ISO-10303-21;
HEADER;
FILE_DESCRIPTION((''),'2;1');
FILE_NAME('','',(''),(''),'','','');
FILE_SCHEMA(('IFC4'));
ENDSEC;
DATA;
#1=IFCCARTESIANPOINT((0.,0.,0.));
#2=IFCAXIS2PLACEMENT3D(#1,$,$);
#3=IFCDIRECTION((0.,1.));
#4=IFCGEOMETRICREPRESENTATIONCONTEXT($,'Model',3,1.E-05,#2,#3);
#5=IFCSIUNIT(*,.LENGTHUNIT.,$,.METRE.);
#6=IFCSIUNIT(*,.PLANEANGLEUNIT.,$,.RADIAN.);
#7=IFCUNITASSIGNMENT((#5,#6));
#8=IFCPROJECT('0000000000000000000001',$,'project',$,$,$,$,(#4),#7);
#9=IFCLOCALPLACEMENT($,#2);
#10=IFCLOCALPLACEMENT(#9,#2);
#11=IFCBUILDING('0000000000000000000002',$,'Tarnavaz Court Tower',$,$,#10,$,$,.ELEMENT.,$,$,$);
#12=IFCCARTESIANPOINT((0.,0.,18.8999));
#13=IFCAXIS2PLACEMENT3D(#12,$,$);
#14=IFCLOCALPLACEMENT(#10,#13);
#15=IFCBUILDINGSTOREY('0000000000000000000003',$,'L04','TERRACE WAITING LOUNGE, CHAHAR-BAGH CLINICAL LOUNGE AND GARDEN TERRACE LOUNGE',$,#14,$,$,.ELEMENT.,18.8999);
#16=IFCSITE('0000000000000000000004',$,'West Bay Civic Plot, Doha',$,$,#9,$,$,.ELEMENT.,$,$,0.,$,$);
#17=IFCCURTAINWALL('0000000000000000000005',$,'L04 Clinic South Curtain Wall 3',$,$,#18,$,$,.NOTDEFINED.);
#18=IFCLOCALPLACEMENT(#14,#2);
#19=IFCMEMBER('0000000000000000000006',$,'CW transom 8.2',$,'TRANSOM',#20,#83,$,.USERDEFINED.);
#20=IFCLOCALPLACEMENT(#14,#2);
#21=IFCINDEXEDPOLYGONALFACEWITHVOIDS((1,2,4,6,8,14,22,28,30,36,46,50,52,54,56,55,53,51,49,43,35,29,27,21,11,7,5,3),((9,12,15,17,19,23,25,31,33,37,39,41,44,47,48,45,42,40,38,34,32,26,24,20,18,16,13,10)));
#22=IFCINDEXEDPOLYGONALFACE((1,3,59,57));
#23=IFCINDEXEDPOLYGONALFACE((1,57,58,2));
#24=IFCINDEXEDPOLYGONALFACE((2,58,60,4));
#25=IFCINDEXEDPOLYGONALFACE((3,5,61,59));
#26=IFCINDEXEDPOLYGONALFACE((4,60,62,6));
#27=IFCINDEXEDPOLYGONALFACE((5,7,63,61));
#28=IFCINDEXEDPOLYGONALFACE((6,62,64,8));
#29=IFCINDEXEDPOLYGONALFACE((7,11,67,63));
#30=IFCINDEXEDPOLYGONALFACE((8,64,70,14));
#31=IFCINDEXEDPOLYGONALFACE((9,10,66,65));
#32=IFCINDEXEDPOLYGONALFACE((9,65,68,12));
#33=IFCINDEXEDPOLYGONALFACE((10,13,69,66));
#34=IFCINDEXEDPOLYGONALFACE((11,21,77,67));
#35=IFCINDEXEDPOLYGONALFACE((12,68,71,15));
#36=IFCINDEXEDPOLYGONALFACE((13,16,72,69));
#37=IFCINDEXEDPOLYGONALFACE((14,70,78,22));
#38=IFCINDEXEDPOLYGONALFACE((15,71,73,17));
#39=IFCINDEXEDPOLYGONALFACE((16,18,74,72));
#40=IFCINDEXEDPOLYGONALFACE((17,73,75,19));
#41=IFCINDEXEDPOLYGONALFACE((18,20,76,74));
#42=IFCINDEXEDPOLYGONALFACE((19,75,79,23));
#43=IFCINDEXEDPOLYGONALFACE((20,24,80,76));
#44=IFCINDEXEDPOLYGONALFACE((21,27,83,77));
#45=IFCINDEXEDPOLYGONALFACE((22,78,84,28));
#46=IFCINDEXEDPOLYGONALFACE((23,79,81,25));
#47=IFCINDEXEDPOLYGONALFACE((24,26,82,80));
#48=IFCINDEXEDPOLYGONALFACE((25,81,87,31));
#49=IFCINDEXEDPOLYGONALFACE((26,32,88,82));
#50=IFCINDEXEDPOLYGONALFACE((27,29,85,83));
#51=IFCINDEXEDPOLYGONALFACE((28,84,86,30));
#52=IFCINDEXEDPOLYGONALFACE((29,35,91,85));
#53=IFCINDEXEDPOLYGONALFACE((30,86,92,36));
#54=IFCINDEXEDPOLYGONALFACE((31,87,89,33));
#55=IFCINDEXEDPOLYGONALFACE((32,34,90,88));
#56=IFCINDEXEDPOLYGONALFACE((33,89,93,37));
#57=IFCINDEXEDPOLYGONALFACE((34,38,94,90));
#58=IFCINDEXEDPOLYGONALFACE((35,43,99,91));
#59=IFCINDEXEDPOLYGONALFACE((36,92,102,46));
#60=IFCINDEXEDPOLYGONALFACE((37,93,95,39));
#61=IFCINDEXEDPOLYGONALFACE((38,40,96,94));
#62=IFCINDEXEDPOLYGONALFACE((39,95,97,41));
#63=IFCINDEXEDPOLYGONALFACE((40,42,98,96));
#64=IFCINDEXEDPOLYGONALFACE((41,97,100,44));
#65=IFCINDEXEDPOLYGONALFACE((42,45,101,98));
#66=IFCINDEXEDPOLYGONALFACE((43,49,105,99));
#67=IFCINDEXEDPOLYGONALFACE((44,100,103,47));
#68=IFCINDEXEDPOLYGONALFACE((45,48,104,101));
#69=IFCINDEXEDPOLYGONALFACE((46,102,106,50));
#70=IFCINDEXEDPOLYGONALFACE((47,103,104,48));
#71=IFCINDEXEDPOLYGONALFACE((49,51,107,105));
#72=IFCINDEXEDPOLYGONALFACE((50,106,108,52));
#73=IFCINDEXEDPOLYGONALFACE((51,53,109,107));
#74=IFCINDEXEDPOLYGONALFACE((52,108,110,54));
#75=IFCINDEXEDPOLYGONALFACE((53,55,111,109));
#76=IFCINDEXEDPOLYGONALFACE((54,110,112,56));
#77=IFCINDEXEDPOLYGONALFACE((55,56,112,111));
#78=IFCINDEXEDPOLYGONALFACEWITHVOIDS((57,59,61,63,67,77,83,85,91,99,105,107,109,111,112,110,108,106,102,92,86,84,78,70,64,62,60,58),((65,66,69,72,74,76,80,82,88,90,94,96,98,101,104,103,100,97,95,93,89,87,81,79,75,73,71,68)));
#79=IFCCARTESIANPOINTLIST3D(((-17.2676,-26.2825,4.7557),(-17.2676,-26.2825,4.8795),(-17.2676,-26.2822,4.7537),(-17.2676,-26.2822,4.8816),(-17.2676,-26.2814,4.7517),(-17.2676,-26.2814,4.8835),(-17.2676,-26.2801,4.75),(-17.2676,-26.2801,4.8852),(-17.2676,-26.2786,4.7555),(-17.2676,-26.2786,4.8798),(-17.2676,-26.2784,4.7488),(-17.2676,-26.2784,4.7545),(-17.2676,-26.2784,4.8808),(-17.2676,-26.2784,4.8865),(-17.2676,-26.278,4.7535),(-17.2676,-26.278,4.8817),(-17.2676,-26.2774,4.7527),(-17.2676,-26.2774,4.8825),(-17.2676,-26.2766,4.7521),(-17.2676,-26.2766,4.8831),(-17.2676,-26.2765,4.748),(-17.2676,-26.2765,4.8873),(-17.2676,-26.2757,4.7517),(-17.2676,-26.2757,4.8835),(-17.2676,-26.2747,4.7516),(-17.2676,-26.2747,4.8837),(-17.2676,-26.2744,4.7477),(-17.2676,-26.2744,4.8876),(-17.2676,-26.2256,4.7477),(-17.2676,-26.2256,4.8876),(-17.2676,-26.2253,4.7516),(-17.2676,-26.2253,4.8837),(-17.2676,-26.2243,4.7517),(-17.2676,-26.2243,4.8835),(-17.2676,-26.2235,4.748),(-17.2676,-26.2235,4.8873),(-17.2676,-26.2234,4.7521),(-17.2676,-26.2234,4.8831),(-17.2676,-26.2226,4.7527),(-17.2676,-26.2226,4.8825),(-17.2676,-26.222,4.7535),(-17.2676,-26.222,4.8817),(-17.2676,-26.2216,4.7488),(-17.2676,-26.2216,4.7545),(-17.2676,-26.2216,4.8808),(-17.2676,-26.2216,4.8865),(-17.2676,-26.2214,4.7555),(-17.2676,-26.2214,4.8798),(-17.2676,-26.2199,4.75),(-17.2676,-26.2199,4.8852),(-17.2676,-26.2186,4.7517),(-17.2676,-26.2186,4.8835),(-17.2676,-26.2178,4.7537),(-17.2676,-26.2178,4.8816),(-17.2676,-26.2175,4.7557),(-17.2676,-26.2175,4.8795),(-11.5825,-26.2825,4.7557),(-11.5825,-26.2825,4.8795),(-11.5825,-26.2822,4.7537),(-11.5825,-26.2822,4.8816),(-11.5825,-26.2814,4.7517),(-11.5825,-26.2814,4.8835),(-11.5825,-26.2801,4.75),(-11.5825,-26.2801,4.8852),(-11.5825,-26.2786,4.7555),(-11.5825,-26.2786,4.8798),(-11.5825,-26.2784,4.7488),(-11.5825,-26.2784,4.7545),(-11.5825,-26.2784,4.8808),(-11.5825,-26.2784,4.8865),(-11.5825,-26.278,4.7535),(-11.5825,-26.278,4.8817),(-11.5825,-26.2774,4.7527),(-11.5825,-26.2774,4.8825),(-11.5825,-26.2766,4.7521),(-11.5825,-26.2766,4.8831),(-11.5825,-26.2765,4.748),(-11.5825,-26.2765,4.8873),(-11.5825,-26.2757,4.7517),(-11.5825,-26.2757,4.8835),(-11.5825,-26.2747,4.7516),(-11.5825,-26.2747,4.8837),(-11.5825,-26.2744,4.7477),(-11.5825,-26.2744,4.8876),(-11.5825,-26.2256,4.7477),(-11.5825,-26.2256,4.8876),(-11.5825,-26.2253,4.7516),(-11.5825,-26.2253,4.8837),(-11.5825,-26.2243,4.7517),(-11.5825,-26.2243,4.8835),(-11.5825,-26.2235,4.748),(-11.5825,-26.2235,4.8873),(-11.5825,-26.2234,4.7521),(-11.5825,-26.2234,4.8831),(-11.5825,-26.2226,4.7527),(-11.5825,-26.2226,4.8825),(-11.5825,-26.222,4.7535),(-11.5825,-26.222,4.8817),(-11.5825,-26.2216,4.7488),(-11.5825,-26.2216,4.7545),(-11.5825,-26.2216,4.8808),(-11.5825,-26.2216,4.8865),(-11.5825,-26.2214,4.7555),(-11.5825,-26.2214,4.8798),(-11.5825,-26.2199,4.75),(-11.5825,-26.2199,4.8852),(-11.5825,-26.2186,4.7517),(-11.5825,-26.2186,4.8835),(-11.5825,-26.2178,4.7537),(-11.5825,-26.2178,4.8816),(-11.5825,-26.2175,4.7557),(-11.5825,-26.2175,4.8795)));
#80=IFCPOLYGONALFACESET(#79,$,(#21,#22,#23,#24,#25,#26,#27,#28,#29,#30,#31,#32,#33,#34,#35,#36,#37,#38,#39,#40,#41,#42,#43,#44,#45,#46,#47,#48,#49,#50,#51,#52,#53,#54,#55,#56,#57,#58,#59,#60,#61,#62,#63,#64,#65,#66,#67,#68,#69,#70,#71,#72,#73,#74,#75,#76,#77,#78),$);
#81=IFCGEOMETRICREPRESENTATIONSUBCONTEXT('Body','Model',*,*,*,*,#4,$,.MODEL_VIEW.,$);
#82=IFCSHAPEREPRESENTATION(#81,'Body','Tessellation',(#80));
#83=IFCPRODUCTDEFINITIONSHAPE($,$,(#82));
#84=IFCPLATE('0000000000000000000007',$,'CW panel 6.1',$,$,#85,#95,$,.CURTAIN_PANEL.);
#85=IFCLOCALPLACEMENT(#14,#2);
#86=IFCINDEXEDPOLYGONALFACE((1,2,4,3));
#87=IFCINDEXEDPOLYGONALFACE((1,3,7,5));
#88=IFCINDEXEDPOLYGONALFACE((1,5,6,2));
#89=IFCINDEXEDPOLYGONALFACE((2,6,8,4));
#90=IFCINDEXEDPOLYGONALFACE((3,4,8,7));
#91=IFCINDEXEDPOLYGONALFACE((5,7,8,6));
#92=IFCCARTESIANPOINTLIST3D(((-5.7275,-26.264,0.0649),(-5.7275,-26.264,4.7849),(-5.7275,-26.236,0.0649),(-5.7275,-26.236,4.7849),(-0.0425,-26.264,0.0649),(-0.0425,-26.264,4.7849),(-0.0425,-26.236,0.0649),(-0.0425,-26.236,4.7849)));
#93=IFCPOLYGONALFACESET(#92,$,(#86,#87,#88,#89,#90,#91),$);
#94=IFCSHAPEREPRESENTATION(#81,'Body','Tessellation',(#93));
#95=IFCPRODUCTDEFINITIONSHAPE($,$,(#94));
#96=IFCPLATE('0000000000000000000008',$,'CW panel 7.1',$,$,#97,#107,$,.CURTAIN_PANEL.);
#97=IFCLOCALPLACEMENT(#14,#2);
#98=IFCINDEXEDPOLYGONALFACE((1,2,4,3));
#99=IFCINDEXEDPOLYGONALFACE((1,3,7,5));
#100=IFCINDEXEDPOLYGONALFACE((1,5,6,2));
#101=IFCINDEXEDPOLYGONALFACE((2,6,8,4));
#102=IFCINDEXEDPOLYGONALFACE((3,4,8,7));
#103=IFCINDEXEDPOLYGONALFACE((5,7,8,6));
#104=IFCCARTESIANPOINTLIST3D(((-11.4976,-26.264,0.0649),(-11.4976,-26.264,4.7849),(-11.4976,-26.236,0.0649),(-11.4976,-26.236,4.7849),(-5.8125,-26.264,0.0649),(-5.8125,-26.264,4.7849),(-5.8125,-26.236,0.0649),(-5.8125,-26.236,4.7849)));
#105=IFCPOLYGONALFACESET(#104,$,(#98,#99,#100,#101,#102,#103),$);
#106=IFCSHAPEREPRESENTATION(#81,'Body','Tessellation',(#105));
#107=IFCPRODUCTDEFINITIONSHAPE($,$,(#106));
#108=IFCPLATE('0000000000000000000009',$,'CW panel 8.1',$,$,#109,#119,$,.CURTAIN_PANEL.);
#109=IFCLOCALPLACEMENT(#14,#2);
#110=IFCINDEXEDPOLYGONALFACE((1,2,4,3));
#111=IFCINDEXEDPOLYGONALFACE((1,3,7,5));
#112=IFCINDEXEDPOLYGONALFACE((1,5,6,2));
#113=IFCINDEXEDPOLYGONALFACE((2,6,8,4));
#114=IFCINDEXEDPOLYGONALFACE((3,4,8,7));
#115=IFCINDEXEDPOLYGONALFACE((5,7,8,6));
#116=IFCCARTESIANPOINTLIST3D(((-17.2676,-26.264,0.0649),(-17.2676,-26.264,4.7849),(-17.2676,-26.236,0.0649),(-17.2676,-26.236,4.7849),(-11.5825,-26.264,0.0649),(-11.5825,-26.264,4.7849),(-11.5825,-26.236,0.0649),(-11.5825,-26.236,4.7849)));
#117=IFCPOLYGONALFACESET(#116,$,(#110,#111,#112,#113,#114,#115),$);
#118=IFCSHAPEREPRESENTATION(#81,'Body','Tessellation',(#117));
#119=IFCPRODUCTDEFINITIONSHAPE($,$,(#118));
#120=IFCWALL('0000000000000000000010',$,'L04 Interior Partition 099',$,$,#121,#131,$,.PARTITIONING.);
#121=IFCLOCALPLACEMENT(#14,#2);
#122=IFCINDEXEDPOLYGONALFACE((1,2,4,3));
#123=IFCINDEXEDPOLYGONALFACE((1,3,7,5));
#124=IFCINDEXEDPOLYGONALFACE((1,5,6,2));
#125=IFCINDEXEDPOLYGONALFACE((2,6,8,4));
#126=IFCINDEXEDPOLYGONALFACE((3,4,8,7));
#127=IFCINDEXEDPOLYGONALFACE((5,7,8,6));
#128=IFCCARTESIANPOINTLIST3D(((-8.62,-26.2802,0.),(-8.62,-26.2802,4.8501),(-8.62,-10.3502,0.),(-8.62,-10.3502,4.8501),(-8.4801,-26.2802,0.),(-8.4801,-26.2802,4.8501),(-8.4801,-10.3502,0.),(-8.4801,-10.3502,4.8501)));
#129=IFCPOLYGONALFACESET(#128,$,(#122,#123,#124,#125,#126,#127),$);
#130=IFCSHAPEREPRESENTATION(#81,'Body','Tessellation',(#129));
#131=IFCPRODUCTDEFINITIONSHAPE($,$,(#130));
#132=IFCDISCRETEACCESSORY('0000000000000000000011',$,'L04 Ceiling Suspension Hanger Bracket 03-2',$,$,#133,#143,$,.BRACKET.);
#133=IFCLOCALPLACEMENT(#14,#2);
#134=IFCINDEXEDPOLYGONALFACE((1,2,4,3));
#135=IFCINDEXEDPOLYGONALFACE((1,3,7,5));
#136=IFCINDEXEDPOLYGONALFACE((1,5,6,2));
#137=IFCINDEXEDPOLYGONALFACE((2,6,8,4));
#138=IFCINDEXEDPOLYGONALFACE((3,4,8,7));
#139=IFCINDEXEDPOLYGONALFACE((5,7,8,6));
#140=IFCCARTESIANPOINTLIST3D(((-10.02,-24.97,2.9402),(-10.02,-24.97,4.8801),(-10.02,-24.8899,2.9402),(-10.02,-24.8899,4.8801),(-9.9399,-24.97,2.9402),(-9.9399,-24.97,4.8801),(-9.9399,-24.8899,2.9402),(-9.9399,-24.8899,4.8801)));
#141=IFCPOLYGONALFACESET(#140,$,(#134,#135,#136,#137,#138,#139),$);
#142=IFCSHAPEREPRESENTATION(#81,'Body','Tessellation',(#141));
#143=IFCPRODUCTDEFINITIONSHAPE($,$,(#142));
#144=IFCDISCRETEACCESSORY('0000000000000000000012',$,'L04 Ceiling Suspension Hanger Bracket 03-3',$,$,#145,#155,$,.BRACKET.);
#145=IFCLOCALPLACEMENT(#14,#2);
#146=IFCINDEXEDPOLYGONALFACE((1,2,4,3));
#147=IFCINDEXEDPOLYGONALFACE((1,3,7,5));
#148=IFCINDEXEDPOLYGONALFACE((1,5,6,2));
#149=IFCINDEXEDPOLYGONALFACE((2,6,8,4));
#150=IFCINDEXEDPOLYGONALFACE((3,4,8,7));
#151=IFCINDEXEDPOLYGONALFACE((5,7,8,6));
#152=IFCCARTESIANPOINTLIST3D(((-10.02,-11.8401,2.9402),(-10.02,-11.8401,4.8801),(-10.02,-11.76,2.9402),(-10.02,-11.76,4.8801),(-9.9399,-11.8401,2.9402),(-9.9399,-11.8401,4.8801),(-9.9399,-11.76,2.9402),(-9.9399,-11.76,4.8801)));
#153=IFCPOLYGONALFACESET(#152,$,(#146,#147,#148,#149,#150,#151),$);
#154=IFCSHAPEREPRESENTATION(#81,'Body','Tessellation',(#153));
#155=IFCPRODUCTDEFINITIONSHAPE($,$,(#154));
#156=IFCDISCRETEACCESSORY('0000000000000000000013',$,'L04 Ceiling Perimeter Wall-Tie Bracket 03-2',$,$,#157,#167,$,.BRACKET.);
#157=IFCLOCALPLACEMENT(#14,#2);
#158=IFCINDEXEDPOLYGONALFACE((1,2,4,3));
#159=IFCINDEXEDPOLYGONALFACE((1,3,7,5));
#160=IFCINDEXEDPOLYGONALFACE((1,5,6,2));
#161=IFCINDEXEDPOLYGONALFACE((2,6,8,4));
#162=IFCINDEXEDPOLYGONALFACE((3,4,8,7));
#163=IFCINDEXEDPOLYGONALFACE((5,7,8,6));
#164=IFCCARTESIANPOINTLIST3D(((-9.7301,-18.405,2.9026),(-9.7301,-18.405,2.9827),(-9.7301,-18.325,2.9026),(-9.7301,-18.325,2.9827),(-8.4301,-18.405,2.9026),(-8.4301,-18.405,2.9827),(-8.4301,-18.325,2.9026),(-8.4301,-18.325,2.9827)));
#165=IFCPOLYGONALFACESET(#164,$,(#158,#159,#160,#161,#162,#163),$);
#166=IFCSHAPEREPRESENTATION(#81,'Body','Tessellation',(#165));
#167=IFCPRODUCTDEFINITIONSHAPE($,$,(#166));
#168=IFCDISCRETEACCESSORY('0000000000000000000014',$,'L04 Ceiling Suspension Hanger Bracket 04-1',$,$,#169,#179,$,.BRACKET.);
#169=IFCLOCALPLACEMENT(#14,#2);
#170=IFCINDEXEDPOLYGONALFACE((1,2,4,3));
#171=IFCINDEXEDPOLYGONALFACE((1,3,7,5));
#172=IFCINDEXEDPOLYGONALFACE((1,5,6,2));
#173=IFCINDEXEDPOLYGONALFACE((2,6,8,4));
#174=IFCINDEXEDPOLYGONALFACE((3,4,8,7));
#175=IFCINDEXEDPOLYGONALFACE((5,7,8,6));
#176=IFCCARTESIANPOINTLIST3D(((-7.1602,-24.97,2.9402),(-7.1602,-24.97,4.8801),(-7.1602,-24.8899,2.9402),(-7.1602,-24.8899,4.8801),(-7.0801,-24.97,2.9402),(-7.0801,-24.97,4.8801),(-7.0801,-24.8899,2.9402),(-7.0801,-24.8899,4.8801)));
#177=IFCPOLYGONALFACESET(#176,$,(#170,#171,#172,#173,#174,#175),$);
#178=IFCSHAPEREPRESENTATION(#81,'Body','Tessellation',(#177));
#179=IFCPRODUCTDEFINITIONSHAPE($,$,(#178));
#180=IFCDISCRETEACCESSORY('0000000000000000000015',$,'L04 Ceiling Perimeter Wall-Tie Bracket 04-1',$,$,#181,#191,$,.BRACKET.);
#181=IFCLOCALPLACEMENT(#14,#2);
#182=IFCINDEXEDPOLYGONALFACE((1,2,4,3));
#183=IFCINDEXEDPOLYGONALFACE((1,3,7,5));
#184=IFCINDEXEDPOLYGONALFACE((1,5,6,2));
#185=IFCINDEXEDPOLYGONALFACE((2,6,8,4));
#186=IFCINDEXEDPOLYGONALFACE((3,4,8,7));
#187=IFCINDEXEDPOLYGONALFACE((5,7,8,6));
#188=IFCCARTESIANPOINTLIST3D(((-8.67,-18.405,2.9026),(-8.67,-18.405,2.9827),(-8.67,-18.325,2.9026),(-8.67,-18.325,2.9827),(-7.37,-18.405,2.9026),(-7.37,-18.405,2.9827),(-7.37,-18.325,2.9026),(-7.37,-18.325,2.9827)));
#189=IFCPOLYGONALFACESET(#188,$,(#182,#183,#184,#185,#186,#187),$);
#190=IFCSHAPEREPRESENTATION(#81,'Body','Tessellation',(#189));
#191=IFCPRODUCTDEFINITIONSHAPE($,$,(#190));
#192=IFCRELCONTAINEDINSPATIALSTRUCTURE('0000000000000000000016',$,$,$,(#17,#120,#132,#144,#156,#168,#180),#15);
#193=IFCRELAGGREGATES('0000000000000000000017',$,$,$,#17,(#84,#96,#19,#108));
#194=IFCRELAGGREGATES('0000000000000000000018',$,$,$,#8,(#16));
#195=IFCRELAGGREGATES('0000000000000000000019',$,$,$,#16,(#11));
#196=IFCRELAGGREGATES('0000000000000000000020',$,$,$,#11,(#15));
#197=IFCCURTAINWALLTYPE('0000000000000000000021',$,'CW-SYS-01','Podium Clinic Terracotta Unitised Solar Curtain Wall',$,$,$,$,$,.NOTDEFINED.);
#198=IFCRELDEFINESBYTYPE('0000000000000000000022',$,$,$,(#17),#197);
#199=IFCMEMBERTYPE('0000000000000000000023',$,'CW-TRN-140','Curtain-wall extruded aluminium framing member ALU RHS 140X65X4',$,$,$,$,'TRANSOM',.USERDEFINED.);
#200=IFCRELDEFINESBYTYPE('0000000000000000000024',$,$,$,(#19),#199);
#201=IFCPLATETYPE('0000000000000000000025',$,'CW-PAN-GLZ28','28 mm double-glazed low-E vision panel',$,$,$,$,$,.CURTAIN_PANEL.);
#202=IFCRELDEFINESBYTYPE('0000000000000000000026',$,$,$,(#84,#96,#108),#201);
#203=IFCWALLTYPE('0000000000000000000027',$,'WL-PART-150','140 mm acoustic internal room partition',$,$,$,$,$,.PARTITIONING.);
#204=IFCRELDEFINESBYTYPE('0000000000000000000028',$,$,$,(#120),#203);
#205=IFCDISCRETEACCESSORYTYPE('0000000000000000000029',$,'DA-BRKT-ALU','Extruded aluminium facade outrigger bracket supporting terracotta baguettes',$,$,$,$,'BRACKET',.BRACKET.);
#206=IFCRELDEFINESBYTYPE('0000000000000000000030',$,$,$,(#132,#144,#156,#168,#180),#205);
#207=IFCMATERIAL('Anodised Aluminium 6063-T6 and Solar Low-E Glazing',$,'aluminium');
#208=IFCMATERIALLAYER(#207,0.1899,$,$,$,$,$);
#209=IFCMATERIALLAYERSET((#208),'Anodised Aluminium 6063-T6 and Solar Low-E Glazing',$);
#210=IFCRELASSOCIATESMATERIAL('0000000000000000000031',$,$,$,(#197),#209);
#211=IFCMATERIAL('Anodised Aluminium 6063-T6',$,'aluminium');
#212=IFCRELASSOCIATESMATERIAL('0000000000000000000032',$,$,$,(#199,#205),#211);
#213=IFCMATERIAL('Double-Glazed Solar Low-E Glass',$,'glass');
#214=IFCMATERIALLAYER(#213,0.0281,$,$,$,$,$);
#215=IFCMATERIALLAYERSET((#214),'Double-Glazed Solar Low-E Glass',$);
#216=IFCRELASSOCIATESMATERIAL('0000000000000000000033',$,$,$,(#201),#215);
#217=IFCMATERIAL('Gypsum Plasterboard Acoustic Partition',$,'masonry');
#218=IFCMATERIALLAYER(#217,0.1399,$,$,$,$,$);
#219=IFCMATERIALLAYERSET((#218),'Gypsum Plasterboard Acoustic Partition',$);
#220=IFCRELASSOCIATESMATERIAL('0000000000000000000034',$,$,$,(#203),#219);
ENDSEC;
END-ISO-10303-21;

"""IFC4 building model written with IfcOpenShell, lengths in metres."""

from ifc_helpers import new_model, si_unit, direction, frame, frame_2d, origin, origin_2d, place, context, subcontext, project, spatial, rectangle, hollow_rectangle, extrude, material, layer, layer_set, material_profile, profile_set, type_object, element, aggregate, save


model = new_model("IFC4")

# Units and contexts
model_context = context("Model", 3, precision=1e-05, world=origin(), true_north=direction((0.0, 1.0)))
body_context = subcontext(model_context, "Body", "Model", "MODEL_VIEW")
ifc_project = project(units=[si_unit("LENGTHUNIT", "METRE"), si_unit("PLANEANGLEUNIT", "RADIAN")], contexts=[model_context])

# Site, building, storey
site_placement = place(None, origin())
site = spatial("IfcSite", under=ifc_project, at=site_placement, Name="West Bay Civic Plot, Doha", CompositionType="ELEMENT", RefElevation=0.0)
building_placement = place(site_placement, origin())
building = spatial("IfcBuilding", under=site, at=building_placement, Name="Tarnavaz Court Tower", CompositionType="ELEMENT")
storey_placement = place(building_placement, frame((0.0, 0.0, 18.8999)))
storey = spatial("IfcBuildingStorey", under=building, at=storey_placement, Name="L04", Description="TERRACE WAITING LOUNGE, CHAHAR-BAGH CLINICAL LOUNGE AND GARDEN TERRACE LOUNGE", CompositionType="ELEMENT", Elevation=18.8999)

# Curtain wall, member, plates
ifc_material_1 = material(Name="Anodised Aluminium 6063-T6 and Solar Low-E Glazing", Category="aluminium")
ifc_layer_1 = layer(ifc_material_1, 0.1899)
ifc_layer_set_1 = layer_set([ifc_layer_1], Name="Anodised Aluminium 6063-T6 and Solar Low-E Glazing")
curtain_wall_type = type_object("IfcCurtainWallType", Name="CW-SYS-01", Description="Podium Clinic Terracotta Unitised Solar Curtain Wall", PredefinedType="NOTDEFINED", material=ifc_layer_set_1)
curtain_wall_placement = place(storey_placement, origin())
curtain_wall = element("IfcCurtainWall", 1, at=curtain_wall_placement, inside=storey, type_object=curtain_wall_type, Name="L04 Clinic South Curtain Wall 3", PredefinedType="NOTDEFINED")
ifc_material_2 = material(Name="Anodised Aluminium 6063-T6", Category="aluminium")
ifc_material_profile_1 = material_profile(ifc_material_2, hollow_rectangle(XDim=0.0649, YDim=0.1399, WallThickness=0.0039, InnerFilletRadius=0.0039, OuterFilletRadius=0.0081, at=origin_2d()), Name="ALU RHS 140X65X4")
ifc_profile_set_1 = profile_set([ifc_material_profile_1], Name="Anodised Aluminium 6063-T6")
member_type_1 = type_object("IfcMemberType", Name="CW-TRN-140", Description="Curtain-wall extruded aluminium framing member ALU RHS 140X65X4", ElementType="TRANSOM", PredefinedType="USERDEFINED", material=ifc_profile_set_1)
member_1_placement = place(storey_placement, frame((-11.5825, -26.25, 4.8176), z_axis=(-1.0, 0.0, 0.0), x_axis=(0.0, -1.0, 0.0)))
member_1 = element("IfcMember", 2, at=member_1_placement, type_object=member_type_1, Name="CW transom 8.2", ObjectType="TRANSOM", PredefinedType="USERDEFINED", context=body_context, shape_type="SweptSolid", body=[
    extrude(hollow_rectangle(XDim=0.0649, YDim=0.1399, WallThickness=0.0039, InnerFilletRadius=0.0039, OuterFilletRadius=0.0081, at=origin_2d()), origin(), (0.0, 0.0, 1.0), 5.6851),
])
ifc_material_3 = material(Name="Double-Glazed Solar Low-E Glass", Category="glass")
ifc_layer_2 = layer(ifc_material_3, 0.0281)
ifc_layer_set_2 = layer_set([ifc_layer_2], Name="Double-Glazed Solar Low-E Glass")
plate_type = type_object("IfcPlateType", Name="CW-PAN-GLZ28", Description="28 mm double-glazed low-E vision panel", PredefinedType="CURTAIN_PANEL", material=ifc_layer_set_2)
plate_1_placement = place(storey_placement, frame((-2.885, -26.25, 0.0649), z_axis=(0.0, 0.0, 1.0), x_axis=(-1.0, 0.0, 0.0)))
plate_1 = element("IfcPlate", 3, at=plate_1_placement, type_object=plate_type, Name="CW panel 6.1", PredefinedType="CURTAIN_PANEL", context=body_context, shape_type="SweptSolid", body=[
    extrude(rectangle(XDim=5.6851, YDim=0.0281, at=origin_2d()), origin(), (0.0, 0.0, 1.0), 4.72),
])
plate_2_placement = place(storey_placement, frame((-8.655, -26.25, 0.0649), z_axis=(0.0, 0.0, 1.0), x_axis=(-1.0, 0.0, 0.0)))
plate_2 = element("IfcPlate", 4, at=plate_2_placement, type_object=plate_type, Name="CW panel 7.1", PredefinedType="CURTAIN_PANEL", context=body_context, shape_type="SweptSolid", body=[
    extrude(rectangle(XDim=5.6851, YDim=0.0281, at=origin_2d()), origin(), (0.0, 0.0, 1.0), 4.72),
])
plate_3_placement = place(storey_placement, frame((-14.425, -26.25, 0.0649), z_axis=(0.0, 0.0, 1.0), x_axis=(-1.0, 0.0, 0.0)))
plate_3 = element("IfcPlate", 5, at=plate_3_placement, type_object=plate_type, Name="CW panel 8.1", PredefinedType="CURTAIN_PANEL", context=body_context, shape_type="SweptSolid", body=[
    extrude(rectangle(XDim=5.6851, YDim=0.0281, at=origin_2d()), origin(), (0.0, 0.0, 1.0), 4.72),
])
aggregate(curtain_wall, [plate_1, plate_2, member_1, plate_3])

# Wall
ifc_material_4 = material(Name="Gypsum Plasterboard Acoustic Partition", Category="masonry")
ifc_layer_3 = layer(ifc_material_4, 0.1399)
ifc_layer_set_3 = layer_set([ifc_layer_3], Name="Gypsum Plasterboard Acoustic Partition")
wall_type = type_object("IfcWallType", Name="WL-PART-150", Description="140 mm acoustic internal room partition", PredefinedType="PARTITIONING", material=ifc_layer_set_3)
wall_placement = place(storey_placement, frame((-8.55, -26.28, 0.0), z_axis=(0.0, 0.0, 1.0), x_axis=(0.0, 1.0, 0.0)))
element("IfcWall", 6, at=wall_placement, inside=storey, type_object=wall_type, Name="L04 Interior Partition 099", PredefinedType="PARTITIONING", context=body_context, shape_type="SweptSolid", body=[
    extrude(rectangle(XDim=15.9299, YDim=0.1399, at=frame_2d((7.9648, 0.0))), origin(), (0.0, 0.0, 1.0), 4.8501),
])

# Discrete accessories
discrete_accessory_type = type_object("IfcDiscreteAccessoryType", Name="DA-BRKT-ALU", Description="Extruded aluminium facade outrigger bracket supporting terracotta baguettes", ElementType="BRACKET", PredefinedType="BRACKET", material=ifc_material_2)
for number, where, z_axis, x_axis, name in (
    (7, (-9.98, -24.9299, 2.9402), (0.0, 0.0, 1.0), (1.0, 0.0, 0.0), "L04 Ceiling Suspension Hanger Bracket 03-2"),
    (8, (-9.98, -11.8, 2.9402), (0.0, 0.0, 1.0), (1.0, 0.0, 0.0), "L04 Ceiling Suspension Hanger Bracket 03-3"),
):
    element("IfcDiscreteAccessory", number, at=place(storey_placement, frame(where, z_axis=z_axis, x_axis=x_axis)), inside=storey, type_object=discrete_accessory_type, Name=name, PredefinedType="BRACKET", context=body_context, shape_type="SweptSolid", body=[
        extrude(rectangle(XDim=0.0801, YDim=0.0801, at=origin_2d()), origin(), (0.0, 0.0, 1.0), 1.9399),
    ])
discrete_accessory_1_placement = place(storey_placement, frame((-9.0801, -18.365, 2.9026), z_axis=(0.0, 0.0, 1.0), x_axis=(1.0, 0.0, 0.0)))
element("IfcDiscreteAccessory", 9, at=discrete_accessory_1_placement, inside=storey, type_object=discrete_accessory_type, Name="L04 Ceiling Perimeter Wall-Tie Bracket 03-2", PredefinedType="BRACKET", context=body_context, shape_type="SweptSolid", body=[
    extrude(rectangle(XDim=1.3, YDim=0.0801, at=origin_2d()), origin(), (0.0, 0.0, 1.0), 0.0801),
])
discrete_accessory_2_placement = place(storey_placement, frame((-7.1201, -24.9299, 2.9402), z_axis=(0.0, 0.0, 1.0), x_axis=(1.0, 0.0, 0.0)))
element("IfcDiscreteAccessory", 10, at=discrete_accessory_2_placement, inside=storey, type_object=discrete_accessory_type, Name="L04 Ceiling Suspension Hanger Bracket 04-1", PredefinedType="BRACKET", context=body_context, shape_type="SweptSolid", body=[
    extrude(rectangle(XDim=0.0801, YDim=0.0801, at=origin_2d()), origin(), (0.0, 0.0, 1.0), 1.9399),
])
discrete_accessory_3_placement = place(storey_placement, frame((-8.02, -18.365, 2.9026), z_axis=(0.0, 0.0, 1.0), x_axis=(1.0, 0.0, 0.0)))
element("IfcDiscreteAccessory", 11, at=discrete_accessory_3_placement, inside=storey, type_object=discrete_accessory_type, Name="L04 Ceiling Perimeter Wall-Tie Bracket 04-1", PredefinedType="BRACKET", context=body_context, shape_type="SweptSolid", body=[
    extrude(rectangle(XDim=1.3, YDim=0.0801, at=origin_2d()), origin(), (0.0, 0.0, 1.0), 0.0801),
])

save(model, "model.ifc")
